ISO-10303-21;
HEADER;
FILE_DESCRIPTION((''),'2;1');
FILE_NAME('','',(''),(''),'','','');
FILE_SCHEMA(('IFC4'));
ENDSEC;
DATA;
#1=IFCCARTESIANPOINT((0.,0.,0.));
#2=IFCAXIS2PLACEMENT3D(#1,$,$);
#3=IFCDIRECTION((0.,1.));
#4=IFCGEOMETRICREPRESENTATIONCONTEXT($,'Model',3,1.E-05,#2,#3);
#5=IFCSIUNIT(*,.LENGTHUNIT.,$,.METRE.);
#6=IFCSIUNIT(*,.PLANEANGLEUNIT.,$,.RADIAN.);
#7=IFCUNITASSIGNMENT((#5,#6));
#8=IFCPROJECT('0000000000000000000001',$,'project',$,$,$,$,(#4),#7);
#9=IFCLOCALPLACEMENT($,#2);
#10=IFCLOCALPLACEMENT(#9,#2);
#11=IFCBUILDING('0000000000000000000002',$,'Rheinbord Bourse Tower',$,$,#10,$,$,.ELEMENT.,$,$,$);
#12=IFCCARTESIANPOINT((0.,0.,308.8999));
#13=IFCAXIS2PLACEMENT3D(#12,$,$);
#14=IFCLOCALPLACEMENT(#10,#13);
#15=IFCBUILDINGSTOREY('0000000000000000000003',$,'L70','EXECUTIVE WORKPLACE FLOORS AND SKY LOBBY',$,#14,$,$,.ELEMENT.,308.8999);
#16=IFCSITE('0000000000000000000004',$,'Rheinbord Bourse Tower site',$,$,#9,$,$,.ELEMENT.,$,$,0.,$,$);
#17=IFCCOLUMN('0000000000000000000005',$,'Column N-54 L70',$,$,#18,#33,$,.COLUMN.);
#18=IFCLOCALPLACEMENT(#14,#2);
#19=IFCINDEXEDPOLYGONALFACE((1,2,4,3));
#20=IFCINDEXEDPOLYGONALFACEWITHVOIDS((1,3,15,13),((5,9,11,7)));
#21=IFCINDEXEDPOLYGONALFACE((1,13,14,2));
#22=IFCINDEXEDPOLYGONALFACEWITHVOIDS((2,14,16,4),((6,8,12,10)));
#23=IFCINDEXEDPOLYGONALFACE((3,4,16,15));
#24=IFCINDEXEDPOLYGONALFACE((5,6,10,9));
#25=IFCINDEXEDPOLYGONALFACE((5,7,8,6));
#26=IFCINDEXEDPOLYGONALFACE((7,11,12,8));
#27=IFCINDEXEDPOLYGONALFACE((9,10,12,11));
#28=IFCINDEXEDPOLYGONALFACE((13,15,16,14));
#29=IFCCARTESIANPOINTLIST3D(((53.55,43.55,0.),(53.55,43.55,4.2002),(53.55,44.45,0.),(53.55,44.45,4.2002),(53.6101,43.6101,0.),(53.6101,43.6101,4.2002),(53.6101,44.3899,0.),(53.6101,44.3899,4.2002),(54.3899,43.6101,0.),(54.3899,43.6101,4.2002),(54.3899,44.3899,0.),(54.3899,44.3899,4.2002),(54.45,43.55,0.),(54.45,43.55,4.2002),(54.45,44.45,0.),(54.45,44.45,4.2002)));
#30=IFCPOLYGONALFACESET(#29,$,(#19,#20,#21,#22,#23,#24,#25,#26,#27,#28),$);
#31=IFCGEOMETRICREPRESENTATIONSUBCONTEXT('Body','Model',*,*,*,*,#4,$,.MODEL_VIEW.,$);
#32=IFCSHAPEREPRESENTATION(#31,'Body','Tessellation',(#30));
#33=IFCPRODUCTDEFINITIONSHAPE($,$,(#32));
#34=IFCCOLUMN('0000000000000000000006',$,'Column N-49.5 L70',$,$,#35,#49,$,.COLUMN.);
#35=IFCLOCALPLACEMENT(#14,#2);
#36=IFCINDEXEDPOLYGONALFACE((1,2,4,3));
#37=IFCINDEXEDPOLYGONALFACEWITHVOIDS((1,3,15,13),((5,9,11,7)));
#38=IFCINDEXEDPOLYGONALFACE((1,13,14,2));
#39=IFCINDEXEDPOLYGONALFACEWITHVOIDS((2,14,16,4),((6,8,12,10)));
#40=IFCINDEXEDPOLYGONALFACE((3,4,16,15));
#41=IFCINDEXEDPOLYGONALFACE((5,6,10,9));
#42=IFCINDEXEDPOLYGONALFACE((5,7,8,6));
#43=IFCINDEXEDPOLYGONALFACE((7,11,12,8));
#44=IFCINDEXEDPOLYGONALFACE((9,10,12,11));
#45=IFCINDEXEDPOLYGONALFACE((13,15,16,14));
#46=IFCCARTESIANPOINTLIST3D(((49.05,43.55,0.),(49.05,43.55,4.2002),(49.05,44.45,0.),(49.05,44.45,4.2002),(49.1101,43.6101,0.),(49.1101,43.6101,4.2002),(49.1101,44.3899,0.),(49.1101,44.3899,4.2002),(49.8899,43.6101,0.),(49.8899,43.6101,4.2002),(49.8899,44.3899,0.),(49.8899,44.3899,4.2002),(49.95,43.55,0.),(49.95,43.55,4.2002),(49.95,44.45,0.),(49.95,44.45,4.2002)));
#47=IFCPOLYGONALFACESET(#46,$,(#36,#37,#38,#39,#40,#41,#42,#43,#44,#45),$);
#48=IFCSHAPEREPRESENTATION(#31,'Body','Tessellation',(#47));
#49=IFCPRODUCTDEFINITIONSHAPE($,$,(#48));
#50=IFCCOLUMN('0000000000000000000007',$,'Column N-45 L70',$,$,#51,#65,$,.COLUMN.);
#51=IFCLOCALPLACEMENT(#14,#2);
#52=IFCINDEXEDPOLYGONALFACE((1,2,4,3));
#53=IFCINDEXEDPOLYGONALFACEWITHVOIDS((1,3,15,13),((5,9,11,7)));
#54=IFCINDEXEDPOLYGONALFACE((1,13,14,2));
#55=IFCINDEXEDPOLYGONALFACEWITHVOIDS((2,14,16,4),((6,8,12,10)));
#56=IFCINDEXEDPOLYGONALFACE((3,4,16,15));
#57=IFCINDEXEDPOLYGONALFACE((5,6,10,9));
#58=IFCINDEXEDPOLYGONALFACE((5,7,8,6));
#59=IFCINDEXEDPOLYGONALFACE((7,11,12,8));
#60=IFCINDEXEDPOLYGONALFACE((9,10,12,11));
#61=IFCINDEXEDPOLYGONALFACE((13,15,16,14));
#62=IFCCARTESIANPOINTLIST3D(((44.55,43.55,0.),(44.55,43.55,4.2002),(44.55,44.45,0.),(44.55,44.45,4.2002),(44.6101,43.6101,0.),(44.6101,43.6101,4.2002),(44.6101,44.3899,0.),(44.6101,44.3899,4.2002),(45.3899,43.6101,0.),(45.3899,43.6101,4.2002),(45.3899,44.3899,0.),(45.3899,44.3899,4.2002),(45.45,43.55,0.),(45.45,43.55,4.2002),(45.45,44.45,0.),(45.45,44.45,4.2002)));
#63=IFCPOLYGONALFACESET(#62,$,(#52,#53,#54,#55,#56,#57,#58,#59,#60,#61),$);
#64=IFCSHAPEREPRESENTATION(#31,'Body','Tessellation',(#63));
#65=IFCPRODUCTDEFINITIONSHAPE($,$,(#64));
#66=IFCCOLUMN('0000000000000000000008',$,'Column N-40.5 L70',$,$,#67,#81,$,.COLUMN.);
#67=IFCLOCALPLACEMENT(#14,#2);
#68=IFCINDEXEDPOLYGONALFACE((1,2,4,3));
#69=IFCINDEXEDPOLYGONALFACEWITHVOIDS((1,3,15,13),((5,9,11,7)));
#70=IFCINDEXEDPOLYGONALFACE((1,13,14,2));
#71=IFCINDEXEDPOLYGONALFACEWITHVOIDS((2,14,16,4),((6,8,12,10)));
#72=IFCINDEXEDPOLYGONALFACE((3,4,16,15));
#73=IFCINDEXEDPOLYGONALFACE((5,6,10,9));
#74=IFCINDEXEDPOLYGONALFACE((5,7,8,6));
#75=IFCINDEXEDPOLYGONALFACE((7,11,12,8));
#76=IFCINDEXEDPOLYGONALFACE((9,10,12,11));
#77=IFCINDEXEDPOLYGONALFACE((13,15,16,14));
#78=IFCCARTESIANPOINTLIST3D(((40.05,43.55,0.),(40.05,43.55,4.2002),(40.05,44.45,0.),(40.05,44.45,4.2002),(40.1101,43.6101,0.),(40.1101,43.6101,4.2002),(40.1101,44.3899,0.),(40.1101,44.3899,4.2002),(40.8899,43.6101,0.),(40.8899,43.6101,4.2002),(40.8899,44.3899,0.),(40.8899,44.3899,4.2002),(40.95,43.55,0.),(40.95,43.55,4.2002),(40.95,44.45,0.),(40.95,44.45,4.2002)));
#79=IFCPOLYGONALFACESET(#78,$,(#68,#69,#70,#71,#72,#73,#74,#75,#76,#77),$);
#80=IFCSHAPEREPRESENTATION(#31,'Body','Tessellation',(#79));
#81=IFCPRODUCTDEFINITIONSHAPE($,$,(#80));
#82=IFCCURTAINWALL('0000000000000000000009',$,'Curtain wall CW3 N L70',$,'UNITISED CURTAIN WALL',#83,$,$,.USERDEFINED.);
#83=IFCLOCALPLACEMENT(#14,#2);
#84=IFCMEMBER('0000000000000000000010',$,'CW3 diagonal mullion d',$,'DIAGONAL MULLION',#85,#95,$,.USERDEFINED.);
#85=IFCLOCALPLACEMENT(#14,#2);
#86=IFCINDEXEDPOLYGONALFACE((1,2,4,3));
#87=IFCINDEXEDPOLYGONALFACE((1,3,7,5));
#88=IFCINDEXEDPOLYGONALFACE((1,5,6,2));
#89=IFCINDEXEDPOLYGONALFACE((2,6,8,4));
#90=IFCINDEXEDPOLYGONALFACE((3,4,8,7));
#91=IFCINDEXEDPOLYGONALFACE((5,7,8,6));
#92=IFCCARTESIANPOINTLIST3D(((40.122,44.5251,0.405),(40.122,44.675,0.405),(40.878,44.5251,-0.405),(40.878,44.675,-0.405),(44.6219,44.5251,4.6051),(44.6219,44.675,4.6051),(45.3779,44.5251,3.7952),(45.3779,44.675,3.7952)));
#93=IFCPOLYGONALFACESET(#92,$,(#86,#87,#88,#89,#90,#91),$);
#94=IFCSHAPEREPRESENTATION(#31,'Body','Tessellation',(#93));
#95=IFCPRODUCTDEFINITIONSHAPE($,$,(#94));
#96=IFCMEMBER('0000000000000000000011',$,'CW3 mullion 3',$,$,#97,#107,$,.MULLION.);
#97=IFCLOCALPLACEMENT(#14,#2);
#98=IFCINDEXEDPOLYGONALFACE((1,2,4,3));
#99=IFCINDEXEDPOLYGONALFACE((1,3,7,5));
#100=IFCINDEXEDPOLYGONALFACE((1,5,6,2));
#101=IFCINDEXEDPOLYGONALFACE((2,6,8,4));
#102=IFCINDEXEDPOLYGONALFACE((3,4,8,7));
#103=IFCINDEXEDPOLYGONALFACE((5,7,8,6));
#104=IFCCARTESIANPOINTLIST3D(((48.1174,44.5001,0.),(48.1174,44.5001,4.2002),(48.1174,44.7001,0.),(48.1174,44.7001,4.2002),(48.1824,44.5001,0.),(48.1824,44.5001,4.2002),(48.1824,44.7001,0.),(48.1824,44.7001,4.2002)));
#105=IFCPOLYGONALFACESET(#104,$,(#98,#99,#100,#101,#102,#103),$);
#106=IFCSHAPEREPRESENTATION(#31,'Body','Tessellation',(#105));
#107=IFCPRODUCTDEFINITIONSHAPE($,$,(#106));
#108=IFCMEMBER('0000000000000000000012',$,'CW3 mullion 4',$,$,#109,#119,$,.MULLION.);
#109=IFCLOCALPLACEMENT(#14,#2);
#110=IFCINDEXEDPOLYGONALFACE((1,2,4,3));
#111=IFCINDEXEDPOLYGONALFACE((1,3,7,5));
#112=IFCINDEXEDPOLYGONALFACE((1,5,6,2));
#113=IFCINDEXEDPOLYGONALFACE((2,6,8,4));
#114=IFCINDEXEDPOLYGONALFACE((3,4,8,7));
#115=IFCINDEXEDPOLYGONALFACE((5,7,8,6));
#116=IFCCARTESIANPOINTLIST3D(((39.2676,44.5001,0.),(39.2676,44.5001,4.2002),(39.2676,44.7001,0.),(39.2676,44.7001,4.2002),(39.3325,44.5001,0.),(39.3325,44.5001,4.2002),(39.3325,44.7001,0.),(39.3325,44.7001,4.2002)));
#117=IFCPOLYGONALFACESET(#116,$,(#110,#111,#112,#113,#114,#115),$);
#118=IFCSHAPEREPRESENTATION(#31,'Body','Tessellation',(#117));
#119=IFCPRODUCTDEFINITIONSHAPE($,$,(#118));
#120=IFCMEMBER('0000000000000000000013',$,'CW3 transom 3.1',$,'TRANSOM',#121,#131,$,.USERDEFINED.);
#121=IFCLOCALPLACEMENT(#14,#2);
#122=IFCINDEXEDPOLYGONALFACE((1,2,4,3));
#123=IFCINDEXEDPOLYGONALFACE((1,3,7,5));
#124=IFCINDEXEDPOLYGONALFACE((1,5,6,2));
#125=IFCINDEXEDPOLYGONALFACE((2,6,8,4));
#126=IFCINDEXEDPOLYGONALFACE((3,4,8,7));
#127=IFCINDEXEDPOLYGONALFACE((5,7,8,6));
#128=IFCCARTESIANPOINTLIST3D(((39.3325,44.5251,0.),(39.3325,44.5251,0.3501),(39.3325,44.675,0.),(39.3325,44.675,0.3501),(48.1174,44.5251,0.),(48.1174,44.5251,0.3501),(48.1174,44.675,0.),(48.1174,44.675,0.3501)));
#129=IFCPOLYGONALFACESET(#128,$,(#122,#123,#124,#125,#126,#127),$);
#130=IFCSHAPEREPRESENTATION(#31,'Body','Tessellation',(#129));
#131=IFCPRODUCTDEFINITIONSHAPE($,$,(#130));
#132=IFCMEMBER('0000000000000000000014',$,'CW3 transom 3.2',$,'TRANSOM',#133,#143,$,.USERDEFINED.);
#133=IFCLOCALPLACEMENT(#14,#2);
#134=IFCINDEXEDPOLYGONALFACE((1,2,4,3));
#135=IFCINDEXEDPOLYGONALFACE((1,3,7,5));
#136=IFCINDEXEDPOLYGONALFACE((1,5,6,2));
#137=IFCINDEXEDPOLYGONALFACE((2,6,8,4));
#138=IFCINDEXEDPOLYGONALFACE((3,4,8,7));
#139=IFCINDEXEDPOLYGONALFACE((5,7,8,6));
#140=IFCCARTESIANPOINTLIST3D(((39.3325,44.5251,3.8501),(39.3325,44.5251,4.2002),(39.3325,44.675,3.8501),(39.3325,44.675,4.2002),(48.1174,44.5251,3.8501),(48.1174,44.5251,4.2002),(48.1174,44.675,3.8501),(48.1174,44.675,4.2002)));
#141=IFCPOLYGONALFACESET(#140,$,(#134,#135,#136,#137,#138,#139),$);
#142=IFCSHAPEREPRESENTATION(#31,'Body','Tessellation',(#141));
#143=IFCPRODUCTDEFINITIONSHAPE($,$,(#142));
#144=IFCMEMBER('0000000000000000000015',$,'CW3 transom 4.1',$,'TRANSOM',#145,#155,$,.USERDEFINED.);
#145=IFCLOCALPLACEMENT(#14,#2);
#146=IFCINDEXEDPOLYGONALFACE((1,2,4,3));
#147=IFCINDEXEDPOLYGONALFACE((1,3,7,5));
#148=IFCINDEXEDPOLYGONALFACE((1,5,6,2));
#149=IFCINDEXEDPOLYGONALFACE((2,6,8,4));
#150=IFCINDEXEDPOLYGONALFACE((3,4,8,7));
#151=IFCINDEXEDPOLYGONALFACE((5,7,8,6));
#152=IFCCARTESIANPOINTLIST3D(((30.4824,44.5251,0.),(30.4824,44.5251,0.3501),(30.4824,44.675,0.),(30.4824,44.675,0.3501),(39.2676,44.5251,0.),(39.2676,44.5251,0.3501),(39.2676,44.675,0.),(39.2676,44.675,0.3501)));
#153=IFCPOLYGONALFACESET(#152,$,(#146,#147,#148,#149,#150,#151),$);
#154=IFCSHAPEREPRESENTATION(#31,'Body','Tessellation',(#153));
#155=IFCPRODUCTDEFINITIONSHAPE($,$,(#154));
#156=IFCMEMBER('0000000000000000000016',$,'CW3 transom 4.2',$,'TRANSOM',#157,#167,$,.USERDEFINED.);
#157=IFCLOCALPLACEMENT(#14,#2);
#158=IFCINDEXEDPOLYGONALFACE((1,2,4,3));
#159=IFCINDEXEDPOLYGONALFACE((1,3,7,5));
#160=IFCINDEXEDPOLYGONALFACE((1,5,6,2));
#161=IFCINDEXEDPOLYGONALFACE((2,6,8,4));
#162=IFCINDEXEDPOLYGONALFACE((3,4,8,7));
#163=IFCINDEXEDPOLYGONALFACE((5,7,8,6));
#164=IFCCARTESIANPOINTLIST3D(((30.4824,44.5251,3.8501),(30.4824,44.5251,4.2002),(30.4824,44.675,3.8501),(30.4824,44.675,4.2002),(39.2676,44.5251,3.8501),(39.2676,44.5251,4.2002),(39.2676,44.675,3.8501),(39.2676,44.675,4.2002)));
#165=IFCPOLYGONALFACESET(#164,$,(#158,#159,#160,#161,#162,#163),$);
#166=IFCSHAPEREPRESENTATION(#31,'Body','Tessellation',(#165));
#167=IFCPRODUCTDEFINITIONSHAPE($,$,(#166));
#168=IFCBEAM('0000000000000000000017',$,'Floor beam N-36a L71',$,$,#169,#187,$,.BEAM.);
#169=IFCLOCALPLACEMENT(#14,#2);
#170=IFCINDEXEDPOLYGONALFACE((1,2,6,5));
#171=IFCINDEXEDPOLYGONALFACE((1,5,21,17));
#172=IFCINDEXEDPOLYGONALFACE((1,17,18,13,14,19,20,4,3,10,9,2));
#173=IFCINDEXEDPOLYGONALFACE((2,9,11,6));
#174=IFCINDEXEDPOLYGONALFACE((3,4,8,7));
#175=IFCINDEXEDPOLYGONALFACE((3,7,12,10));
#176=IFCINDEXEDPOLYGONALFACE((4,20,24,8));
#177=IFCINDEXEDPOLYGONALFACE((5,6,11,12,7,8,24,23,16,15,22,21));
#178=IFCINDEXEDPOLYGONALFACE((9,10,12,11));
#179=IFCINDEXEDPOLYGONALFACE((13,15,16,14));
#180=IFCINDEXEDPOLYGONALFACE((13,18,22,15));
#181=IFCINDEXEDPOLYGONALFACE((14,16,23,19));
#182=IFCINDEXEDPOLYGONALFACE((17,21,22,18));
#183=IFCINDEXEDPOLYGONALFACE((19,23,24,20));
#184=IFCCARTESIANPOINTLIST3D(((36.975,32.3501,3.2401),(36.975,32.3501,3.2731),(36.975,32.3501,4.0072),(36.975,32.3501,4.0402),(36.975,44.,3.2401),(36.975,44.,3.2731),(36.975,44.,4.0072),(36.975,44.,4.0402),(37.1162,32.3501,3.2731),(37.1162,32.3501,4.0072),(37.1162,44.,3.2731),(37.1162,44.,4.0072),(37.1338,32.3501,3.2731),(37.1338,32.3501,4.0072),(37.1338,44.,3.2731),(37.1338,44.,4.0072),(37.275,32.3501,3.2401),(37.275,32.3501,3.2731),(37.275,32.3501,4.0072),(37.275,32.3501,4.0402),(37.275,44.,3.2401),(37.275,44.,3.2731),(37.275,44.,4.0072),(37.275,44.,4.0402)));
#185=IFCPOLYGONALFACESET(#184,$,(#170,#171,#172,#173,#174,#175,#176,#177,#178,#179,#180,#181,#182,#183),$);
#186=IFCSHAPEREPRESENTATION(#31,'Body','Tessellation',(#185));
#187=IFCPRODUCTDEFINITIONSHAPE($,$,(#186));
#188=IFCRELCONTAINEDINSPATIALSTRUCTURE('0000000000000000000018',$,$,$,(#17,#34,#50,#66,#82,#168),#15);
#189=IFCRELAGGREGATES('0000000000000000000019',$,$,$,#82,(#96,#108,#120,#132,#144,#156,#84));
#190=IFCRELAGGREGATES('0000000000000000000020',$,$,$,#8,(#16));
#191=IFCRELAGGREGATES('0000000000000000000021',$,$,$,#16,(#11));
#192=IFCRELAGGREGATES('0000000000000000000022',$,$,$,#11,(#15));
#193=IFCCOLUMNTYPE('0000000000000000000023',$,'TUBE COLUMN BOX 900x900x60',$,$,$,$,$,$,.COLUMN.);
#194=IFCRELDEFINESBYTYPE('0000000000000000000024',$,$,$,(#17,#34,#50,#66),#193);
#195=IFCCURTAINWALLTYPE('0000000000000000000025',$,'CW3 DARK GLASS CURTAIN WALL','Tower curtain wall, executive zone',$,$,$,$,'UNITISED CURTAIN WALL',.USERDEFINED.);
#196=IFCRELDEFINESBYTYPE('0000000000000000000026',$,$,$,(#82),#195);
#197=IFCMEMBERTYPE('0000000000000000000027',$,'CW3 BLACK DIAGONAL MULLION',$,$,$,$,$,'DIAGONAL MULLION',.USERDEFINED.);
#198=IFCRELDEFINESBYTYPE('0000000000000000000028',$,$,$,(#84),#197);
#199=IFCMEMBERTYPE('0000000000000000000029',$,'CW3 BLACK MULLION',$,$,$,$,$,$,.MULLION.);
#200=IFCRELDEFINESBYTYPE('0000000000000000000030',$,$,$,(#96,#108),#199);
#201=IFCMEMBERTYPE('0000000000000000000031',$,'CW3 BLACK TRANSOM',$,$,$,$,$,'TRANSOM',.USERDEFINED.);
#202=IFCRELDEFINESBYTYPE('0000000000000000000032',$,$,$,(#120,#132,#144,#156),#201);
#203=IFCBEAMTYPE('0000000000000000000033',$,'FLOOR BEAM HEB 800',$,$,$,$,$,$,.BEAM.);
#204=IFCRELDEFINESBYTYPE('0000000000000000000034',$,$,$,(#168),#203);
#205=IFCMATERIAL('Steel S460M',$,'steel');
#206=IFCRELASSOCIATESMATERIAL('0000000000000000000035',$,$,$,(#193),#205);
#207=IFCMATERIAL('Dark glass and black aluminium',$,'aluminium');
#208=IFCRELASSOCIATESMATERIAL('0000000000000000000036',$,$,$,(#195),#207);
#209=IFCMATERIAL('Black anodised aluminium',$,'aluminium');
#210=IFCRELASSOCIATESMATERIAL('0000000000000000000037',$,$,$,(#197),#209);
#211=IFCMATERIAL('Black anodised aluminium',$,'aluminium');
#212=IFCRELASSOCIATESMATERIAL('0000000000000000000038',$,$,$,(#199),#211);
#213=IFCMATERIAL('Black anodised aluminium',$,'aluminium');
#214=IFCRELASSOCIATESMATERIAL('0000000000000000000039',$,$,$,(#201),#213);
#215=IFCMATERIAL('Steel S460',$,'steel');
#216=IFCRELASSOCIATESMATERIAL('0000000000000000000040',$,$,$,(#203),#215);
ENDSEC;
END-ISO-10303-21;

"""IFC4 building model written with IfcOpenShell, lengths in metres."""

from ifc_helpers import new_model, si_unit, direction, frame, origin, origin_2d, place, context, subcontext, project, spatial, rectangle, hollow_rectangle, i_section, extrude, material, material_profile, profile_set, type_object, element, aggregate, save


model = new_model("IFC4")

# Units and contexts
model_context = context("Model", 3, precision=1e-05, world=origin(), true_north=direction((0.0, 1.0)))
body_context = subcontext(model_context, "Body", "Model", "MODEL_VIEW")
ifc_project = project(units=[si_unit("LENGTHUNIT", "METRE"), si_unit("PLANEANGLEUNIT", "RADIAN")], contexts=[model_context])

# Site, building, storey
site_placement = place(None, origin())
site = spatial("IfcSite", under=ifc_project, at=site_placement, Name="Rheinbord Bourse Tower site", CompositionType="ELEMENT", RefElevation=0.0)
building_placement = place(site_placement, origin())
building = spatial("IfcBuilding", under=site, at=building_placement, Name="Rheinbord Bourse Tower", CompositionType="ELEMENT")
storey_placement = place(building_placement, frame((0.0, 0.0, 308.8999)))
storey = spatial("IfcBuildingStorey", under=building, at=storey_placement, Name="L70", Description="EXECUTIVE WORKPLACE FLOORS AND SKY LOBBY", CompositionType="ELEMENT", Elevation=308.8999)

# Columns
ifc_material_1 = material(Name="Steel S460M", Category="steel")
ifc_material_profile_1 = material_profile(ifc_material_1, hollow_rectangle(XDim=0.8999, YDim=0.8999, WallThickness=0.0601, at=origin_2d()), Name="BOX 900x900x60")
ifc_profile_set_1 = profile_set([ifc_material_profile_1], Name="Steel S460M")
column_type = type_object("IfcColumnType", Name="TUBE COLUMN BOX 900x900x60", PredefinedType="COLUMN", material=ifc_profile_set_1)
for number, where, z_axis, x_axis, name in (
    (1, (54.0, 44.0, 0.0), (0.0, 0.0, 1.0), (0.0, 1.0, 0.0), "Column N-54 L70"),
    (2, (49.5, 44.0, 0.0), (0.0, 0.0, 1.0), (0.0, 1.0, 0.0), "Column N-49.5 L70"),
    (3, (45.0, 44.0, 0.0), (0.0, 0.0, 1.0), (0.0, 1.0, 0.0), "Column N-45 L70"),
    (4, (40.5, 44.0, 0.0), (0.0, 0.0, 1.0), (0.0, 1.0, 0.0), "Column N-40.5 L70"),
):
    element("IfcColumn", number, at=place(storey_placement, frame(where, z_axis=z_axis, x_axis=x_axis)), inside=storey, type_object=column_type, Name=name, PredefinedType="COLUMN", context=body_context, shape_type="SweptSolid", body=[
        extrude(hollow_rectangle(XDim=0.8999, YDim=0.8999, WallThickness=0.0601, at=origin_2d()), origin(), (0.0, 0.0, 1.0), 4.2002),
    ])

# Curtain wall, members
ifc_material_2 = material(Name="Dark glass and black aluminium", Category="aluminium")
curtain_wall_type = type_object("IfcCurtainWallType", Name="CW3 DARK GLASS CURTAIN WALL", Description="Tower curtain wall, executive zone", ElementType="UNITISED CURTAIN WALL", PredefinedType="USERDEFINED", material=ifc_material_2)
curtain_wall_placement = place(storey_placement, origin())
curtain_wall = element("IfcCurtainWall", 5, at=curtain_wall_placement, inside=storey, type_object=curtain_wall_type, Name="Curtain wall CW3 N L70", ObjectType="UNITISED CURTAIN WALL", PredefinedType="USERDEFINED")
ifc_material_3 = material(Name="Black anodised aluminium", Category="aluminium")
ifc_material_profile_2 = material_profile(ifc_material_3, rectangle(XDim=0.1499, YDim=1.1079, at=origin_2d()), Name="CW3 DIAGONAL MULLION 1108x150")
ifc_profile_set_2 = profile_set([ifc_material_profile_2], Name="Black anodised aluminium")
member_type_1 = type_object("IfcMemberType", Name="CW3 BLACK DIAGONAL MULLION", ElementType="DIAGONAL MULLION", PredefinedType="USERDEFINED", material=ifc_profile_set_2)
member_1_placement = place(storey_placement, frame((40.5, 44.6001, 0.0), z_axis=(0.731039, 0.0, 0.682335), x_axis=(0.0, 1.0, 0.0)))
member_1 = element("IfcMember", 6, at=member_1_placement, type_object=member_type_1, Name="CW3 diagonal mullion d", ObjectType="DIAGONAL MULLION", PredefinedType="USERDEFINED", context=body_context, shape_type="SweptSolid", body=[
    extrude(rectangle(XDim=0.1499, YDim=1.1079, at=origin_2d()), origin(), (0.0, 0.0, 1.0), 6.1555),
])
ifc_material_4 = material(Name="Black anodised aluminium", Category="aluminium")
ifc_material_profile_3 = material_profile(ifc_material_4, rectangle(XDim=0.2, YDim=0.0649, at=origin_2d()), Name="CW3 MULLION 65x200")
ifc_profile_set_3 = profile_set([ifc_material_profile_3], Name="Black anodised aluminium")
member_type_2 = type_object("IfcMemberType", Name="CW3 BLACK MULLION", PredefinedType="MULLION", material=ifc_profile_set_3)
member_2_placement = place(storey_placement, frame((48.1499, 44.6001, 0.0), z_axis=(0.0, 0.0, 1.0), x_axis=(0.0, -1.0, 0.0)))
member_2 = element("IfcMember", 7, at=member_2_placement, type_object=member_type_2, Name="CW3 mullion 3", PredefinedType="MULLION", context=body_context, shape_type="SweptSolid", body=[
    extrude(rectangle(XDim=0.2, YDim=0.0649, at=origin_2d()), origin(), (0.0, 0.0, 1.0), 4.2002),
])
member_3_placement = place(storey_placement, frame((39.3, 44.6001, 0.0), z_axis=(0.0, 0.0, 1.0), x_axis=(0.0, -1.0, 0.0)))
member_3 = element("IfcMember", 8, at=member_3_placement, type_object=member_type_2, Name="CW3 mullion 4", PredefinedType="MULLION", context=body_context, shape_type="SweptSolid", body=[
    extrude(rectangle(XDim=0.2, YDim=0.0649, at=origin_2d()), origin(), (0.0, 0.0, 1.0), 4.2002),
])
ifc_material_5 = material(Name="Black anodised aluminium", Category="aluminium")
ifc_material_profile_4 = material_profile(ifc_material_5, rectangle(XDim=0.1499, YDim=0.3501, at=origin_2d()), Name="CW3 TRANSOM 350x150")
ifc_profile_set_4 = profile_set([ifc_material_profile_4], Name="Black anodised aluminium")
member_type_3 = type_object("IfcMemberType", Name="CW3 BLACK TRANSOM", ElementType="TRANSOM", PredefinedType="USERDEFINED", material=ifc_profile_set_4)
member_4_placement = place(storey_placement, frame((48.1174, 44.6001, 0.175), z_axis=(-1.0, 0.0, 0.0), x_axis=(0.0, -1.0, 0.0)))
member_4 = element("IfcMember", 9, at=member_4_placement, type_object=member_type_3, Name="CW3 transom 3.1", ObjectType="TRANSOM", PredefinedType="USERDEFINED", context=body_context, shape_type="SweptSolid", body=[
    extrude(rectangle(XDim=0.1499, YDim=0.3501, at=origin_2d()), origin(), (0.0, 0.0, 1.0), 8.7849),
])
member_5_placement = place(storey_placement, frame((48.1174, 44.6001, 4.0251), z_axis=(-1.0, 0.0, 0.0), x_axis=(0.0, -1.0, 0.0)))
member_5 = element("IfcMember", 10, at=member_5_placement, type_object=member_type_3, Name="CW3 transom 3.2", ObjectType="TRANSOM", PredefinedType="USERDEFINED", context=body_context, shape_type="SweptSolid", body=[
    extrude(rectangle(XDim=0.1499, YDim=0.3501, at=origin_2d()), origin(), (0.0, 0.0, 1.0), 8.7849),
])
member_6_placement = place(storey_placement, frame((39.2676, 44.6001, 0.175), z_axis=(-1.0, 0.0, 0.0), x_axis=(0.0, -1.0, 0.0)))
member_6 = element("IfcMember", 11, at=member_6_placement, type_object=member_type_3, Name="CW3 transom 4.1", ObjectType="TRANSOM", PredefinedType="USERDEFINED", context=body_context, shape_type="SweptSolid", body=[
    extrude(rectangle(XDim=0.1499, YDim=0.3501, at=origin_2d()), origin(), (0.0, 0.0, 1.0), 8.7852),
])
member_7_placement = place(storey_placement, frame((39.2676, 44.6001, 4.0251), z_axis=(-1.0, 0.0, 0.0), x_axis=(0.0, -1.0, 0.0)))
member_7 = element("IfcMember", 12, at=member_7_placement, type_object=member_type_3, Name="CW3 transom 4.2", ObjectType="TRANSOM", PredefinedType="USERDEFINED", context=body_context, shape_type="SweptSolid", body=[
    extrude(rectangle(XDim=0.1499, YDim=0.3501, at=origin_2d()), origin(), (0.0, 0.0, 1.0), 8.7852),
])

# Beam
ifc_material_6 = material(Name="Steel S460", Category="steel")
ifc_material_profile_5 = material_profile(ifc_material_6, i_section(OverallWidth=0.3, OverallDepth=0.8, WebThickness=0.0176, FlangeThickness=0.033, at=origin_2d()), Name="HEB 800")
ifc_profile_set_5 = profile_set([ifc_material_profile_5], Name="Steel S460")
beam_type_1 = type_object("IfcBeamType", Name="FLOOR BEAM HEB 800", PredefinedType="BEAM", material=ifc_profile_set_5)
for number, where, z_axis, x_axis, name in (
    (13, (37.125, 44.0, 3.6401), (0.0, -1.0, 0.0), (1.0, 0.0, 0.0), "Floor beam N-36a L71"),
):
    element("IfcBeam", number, at=place(storey_placement, frame(where, z_axis=z_axis, x_axis=x_axis)), inside=storey, type_object=beam_type_1, Name=name, PredefinedType="BEAM", context=body_context, shape_type="SweptSolid", body=[
        extrude(i_section(OverallWidth=0.3, OverallDepth=0.8, WebThickness=0.0176, FlangeThickness=0.033, at=origin_2d()), origin(), (0.0, 0.0, 1.0), 11.6499),
    ])

aggregate(curtain_wall, [member_2, member_3, member_4, member_5, member_6, member_7, member_1])

save(model, "model.ifc")
